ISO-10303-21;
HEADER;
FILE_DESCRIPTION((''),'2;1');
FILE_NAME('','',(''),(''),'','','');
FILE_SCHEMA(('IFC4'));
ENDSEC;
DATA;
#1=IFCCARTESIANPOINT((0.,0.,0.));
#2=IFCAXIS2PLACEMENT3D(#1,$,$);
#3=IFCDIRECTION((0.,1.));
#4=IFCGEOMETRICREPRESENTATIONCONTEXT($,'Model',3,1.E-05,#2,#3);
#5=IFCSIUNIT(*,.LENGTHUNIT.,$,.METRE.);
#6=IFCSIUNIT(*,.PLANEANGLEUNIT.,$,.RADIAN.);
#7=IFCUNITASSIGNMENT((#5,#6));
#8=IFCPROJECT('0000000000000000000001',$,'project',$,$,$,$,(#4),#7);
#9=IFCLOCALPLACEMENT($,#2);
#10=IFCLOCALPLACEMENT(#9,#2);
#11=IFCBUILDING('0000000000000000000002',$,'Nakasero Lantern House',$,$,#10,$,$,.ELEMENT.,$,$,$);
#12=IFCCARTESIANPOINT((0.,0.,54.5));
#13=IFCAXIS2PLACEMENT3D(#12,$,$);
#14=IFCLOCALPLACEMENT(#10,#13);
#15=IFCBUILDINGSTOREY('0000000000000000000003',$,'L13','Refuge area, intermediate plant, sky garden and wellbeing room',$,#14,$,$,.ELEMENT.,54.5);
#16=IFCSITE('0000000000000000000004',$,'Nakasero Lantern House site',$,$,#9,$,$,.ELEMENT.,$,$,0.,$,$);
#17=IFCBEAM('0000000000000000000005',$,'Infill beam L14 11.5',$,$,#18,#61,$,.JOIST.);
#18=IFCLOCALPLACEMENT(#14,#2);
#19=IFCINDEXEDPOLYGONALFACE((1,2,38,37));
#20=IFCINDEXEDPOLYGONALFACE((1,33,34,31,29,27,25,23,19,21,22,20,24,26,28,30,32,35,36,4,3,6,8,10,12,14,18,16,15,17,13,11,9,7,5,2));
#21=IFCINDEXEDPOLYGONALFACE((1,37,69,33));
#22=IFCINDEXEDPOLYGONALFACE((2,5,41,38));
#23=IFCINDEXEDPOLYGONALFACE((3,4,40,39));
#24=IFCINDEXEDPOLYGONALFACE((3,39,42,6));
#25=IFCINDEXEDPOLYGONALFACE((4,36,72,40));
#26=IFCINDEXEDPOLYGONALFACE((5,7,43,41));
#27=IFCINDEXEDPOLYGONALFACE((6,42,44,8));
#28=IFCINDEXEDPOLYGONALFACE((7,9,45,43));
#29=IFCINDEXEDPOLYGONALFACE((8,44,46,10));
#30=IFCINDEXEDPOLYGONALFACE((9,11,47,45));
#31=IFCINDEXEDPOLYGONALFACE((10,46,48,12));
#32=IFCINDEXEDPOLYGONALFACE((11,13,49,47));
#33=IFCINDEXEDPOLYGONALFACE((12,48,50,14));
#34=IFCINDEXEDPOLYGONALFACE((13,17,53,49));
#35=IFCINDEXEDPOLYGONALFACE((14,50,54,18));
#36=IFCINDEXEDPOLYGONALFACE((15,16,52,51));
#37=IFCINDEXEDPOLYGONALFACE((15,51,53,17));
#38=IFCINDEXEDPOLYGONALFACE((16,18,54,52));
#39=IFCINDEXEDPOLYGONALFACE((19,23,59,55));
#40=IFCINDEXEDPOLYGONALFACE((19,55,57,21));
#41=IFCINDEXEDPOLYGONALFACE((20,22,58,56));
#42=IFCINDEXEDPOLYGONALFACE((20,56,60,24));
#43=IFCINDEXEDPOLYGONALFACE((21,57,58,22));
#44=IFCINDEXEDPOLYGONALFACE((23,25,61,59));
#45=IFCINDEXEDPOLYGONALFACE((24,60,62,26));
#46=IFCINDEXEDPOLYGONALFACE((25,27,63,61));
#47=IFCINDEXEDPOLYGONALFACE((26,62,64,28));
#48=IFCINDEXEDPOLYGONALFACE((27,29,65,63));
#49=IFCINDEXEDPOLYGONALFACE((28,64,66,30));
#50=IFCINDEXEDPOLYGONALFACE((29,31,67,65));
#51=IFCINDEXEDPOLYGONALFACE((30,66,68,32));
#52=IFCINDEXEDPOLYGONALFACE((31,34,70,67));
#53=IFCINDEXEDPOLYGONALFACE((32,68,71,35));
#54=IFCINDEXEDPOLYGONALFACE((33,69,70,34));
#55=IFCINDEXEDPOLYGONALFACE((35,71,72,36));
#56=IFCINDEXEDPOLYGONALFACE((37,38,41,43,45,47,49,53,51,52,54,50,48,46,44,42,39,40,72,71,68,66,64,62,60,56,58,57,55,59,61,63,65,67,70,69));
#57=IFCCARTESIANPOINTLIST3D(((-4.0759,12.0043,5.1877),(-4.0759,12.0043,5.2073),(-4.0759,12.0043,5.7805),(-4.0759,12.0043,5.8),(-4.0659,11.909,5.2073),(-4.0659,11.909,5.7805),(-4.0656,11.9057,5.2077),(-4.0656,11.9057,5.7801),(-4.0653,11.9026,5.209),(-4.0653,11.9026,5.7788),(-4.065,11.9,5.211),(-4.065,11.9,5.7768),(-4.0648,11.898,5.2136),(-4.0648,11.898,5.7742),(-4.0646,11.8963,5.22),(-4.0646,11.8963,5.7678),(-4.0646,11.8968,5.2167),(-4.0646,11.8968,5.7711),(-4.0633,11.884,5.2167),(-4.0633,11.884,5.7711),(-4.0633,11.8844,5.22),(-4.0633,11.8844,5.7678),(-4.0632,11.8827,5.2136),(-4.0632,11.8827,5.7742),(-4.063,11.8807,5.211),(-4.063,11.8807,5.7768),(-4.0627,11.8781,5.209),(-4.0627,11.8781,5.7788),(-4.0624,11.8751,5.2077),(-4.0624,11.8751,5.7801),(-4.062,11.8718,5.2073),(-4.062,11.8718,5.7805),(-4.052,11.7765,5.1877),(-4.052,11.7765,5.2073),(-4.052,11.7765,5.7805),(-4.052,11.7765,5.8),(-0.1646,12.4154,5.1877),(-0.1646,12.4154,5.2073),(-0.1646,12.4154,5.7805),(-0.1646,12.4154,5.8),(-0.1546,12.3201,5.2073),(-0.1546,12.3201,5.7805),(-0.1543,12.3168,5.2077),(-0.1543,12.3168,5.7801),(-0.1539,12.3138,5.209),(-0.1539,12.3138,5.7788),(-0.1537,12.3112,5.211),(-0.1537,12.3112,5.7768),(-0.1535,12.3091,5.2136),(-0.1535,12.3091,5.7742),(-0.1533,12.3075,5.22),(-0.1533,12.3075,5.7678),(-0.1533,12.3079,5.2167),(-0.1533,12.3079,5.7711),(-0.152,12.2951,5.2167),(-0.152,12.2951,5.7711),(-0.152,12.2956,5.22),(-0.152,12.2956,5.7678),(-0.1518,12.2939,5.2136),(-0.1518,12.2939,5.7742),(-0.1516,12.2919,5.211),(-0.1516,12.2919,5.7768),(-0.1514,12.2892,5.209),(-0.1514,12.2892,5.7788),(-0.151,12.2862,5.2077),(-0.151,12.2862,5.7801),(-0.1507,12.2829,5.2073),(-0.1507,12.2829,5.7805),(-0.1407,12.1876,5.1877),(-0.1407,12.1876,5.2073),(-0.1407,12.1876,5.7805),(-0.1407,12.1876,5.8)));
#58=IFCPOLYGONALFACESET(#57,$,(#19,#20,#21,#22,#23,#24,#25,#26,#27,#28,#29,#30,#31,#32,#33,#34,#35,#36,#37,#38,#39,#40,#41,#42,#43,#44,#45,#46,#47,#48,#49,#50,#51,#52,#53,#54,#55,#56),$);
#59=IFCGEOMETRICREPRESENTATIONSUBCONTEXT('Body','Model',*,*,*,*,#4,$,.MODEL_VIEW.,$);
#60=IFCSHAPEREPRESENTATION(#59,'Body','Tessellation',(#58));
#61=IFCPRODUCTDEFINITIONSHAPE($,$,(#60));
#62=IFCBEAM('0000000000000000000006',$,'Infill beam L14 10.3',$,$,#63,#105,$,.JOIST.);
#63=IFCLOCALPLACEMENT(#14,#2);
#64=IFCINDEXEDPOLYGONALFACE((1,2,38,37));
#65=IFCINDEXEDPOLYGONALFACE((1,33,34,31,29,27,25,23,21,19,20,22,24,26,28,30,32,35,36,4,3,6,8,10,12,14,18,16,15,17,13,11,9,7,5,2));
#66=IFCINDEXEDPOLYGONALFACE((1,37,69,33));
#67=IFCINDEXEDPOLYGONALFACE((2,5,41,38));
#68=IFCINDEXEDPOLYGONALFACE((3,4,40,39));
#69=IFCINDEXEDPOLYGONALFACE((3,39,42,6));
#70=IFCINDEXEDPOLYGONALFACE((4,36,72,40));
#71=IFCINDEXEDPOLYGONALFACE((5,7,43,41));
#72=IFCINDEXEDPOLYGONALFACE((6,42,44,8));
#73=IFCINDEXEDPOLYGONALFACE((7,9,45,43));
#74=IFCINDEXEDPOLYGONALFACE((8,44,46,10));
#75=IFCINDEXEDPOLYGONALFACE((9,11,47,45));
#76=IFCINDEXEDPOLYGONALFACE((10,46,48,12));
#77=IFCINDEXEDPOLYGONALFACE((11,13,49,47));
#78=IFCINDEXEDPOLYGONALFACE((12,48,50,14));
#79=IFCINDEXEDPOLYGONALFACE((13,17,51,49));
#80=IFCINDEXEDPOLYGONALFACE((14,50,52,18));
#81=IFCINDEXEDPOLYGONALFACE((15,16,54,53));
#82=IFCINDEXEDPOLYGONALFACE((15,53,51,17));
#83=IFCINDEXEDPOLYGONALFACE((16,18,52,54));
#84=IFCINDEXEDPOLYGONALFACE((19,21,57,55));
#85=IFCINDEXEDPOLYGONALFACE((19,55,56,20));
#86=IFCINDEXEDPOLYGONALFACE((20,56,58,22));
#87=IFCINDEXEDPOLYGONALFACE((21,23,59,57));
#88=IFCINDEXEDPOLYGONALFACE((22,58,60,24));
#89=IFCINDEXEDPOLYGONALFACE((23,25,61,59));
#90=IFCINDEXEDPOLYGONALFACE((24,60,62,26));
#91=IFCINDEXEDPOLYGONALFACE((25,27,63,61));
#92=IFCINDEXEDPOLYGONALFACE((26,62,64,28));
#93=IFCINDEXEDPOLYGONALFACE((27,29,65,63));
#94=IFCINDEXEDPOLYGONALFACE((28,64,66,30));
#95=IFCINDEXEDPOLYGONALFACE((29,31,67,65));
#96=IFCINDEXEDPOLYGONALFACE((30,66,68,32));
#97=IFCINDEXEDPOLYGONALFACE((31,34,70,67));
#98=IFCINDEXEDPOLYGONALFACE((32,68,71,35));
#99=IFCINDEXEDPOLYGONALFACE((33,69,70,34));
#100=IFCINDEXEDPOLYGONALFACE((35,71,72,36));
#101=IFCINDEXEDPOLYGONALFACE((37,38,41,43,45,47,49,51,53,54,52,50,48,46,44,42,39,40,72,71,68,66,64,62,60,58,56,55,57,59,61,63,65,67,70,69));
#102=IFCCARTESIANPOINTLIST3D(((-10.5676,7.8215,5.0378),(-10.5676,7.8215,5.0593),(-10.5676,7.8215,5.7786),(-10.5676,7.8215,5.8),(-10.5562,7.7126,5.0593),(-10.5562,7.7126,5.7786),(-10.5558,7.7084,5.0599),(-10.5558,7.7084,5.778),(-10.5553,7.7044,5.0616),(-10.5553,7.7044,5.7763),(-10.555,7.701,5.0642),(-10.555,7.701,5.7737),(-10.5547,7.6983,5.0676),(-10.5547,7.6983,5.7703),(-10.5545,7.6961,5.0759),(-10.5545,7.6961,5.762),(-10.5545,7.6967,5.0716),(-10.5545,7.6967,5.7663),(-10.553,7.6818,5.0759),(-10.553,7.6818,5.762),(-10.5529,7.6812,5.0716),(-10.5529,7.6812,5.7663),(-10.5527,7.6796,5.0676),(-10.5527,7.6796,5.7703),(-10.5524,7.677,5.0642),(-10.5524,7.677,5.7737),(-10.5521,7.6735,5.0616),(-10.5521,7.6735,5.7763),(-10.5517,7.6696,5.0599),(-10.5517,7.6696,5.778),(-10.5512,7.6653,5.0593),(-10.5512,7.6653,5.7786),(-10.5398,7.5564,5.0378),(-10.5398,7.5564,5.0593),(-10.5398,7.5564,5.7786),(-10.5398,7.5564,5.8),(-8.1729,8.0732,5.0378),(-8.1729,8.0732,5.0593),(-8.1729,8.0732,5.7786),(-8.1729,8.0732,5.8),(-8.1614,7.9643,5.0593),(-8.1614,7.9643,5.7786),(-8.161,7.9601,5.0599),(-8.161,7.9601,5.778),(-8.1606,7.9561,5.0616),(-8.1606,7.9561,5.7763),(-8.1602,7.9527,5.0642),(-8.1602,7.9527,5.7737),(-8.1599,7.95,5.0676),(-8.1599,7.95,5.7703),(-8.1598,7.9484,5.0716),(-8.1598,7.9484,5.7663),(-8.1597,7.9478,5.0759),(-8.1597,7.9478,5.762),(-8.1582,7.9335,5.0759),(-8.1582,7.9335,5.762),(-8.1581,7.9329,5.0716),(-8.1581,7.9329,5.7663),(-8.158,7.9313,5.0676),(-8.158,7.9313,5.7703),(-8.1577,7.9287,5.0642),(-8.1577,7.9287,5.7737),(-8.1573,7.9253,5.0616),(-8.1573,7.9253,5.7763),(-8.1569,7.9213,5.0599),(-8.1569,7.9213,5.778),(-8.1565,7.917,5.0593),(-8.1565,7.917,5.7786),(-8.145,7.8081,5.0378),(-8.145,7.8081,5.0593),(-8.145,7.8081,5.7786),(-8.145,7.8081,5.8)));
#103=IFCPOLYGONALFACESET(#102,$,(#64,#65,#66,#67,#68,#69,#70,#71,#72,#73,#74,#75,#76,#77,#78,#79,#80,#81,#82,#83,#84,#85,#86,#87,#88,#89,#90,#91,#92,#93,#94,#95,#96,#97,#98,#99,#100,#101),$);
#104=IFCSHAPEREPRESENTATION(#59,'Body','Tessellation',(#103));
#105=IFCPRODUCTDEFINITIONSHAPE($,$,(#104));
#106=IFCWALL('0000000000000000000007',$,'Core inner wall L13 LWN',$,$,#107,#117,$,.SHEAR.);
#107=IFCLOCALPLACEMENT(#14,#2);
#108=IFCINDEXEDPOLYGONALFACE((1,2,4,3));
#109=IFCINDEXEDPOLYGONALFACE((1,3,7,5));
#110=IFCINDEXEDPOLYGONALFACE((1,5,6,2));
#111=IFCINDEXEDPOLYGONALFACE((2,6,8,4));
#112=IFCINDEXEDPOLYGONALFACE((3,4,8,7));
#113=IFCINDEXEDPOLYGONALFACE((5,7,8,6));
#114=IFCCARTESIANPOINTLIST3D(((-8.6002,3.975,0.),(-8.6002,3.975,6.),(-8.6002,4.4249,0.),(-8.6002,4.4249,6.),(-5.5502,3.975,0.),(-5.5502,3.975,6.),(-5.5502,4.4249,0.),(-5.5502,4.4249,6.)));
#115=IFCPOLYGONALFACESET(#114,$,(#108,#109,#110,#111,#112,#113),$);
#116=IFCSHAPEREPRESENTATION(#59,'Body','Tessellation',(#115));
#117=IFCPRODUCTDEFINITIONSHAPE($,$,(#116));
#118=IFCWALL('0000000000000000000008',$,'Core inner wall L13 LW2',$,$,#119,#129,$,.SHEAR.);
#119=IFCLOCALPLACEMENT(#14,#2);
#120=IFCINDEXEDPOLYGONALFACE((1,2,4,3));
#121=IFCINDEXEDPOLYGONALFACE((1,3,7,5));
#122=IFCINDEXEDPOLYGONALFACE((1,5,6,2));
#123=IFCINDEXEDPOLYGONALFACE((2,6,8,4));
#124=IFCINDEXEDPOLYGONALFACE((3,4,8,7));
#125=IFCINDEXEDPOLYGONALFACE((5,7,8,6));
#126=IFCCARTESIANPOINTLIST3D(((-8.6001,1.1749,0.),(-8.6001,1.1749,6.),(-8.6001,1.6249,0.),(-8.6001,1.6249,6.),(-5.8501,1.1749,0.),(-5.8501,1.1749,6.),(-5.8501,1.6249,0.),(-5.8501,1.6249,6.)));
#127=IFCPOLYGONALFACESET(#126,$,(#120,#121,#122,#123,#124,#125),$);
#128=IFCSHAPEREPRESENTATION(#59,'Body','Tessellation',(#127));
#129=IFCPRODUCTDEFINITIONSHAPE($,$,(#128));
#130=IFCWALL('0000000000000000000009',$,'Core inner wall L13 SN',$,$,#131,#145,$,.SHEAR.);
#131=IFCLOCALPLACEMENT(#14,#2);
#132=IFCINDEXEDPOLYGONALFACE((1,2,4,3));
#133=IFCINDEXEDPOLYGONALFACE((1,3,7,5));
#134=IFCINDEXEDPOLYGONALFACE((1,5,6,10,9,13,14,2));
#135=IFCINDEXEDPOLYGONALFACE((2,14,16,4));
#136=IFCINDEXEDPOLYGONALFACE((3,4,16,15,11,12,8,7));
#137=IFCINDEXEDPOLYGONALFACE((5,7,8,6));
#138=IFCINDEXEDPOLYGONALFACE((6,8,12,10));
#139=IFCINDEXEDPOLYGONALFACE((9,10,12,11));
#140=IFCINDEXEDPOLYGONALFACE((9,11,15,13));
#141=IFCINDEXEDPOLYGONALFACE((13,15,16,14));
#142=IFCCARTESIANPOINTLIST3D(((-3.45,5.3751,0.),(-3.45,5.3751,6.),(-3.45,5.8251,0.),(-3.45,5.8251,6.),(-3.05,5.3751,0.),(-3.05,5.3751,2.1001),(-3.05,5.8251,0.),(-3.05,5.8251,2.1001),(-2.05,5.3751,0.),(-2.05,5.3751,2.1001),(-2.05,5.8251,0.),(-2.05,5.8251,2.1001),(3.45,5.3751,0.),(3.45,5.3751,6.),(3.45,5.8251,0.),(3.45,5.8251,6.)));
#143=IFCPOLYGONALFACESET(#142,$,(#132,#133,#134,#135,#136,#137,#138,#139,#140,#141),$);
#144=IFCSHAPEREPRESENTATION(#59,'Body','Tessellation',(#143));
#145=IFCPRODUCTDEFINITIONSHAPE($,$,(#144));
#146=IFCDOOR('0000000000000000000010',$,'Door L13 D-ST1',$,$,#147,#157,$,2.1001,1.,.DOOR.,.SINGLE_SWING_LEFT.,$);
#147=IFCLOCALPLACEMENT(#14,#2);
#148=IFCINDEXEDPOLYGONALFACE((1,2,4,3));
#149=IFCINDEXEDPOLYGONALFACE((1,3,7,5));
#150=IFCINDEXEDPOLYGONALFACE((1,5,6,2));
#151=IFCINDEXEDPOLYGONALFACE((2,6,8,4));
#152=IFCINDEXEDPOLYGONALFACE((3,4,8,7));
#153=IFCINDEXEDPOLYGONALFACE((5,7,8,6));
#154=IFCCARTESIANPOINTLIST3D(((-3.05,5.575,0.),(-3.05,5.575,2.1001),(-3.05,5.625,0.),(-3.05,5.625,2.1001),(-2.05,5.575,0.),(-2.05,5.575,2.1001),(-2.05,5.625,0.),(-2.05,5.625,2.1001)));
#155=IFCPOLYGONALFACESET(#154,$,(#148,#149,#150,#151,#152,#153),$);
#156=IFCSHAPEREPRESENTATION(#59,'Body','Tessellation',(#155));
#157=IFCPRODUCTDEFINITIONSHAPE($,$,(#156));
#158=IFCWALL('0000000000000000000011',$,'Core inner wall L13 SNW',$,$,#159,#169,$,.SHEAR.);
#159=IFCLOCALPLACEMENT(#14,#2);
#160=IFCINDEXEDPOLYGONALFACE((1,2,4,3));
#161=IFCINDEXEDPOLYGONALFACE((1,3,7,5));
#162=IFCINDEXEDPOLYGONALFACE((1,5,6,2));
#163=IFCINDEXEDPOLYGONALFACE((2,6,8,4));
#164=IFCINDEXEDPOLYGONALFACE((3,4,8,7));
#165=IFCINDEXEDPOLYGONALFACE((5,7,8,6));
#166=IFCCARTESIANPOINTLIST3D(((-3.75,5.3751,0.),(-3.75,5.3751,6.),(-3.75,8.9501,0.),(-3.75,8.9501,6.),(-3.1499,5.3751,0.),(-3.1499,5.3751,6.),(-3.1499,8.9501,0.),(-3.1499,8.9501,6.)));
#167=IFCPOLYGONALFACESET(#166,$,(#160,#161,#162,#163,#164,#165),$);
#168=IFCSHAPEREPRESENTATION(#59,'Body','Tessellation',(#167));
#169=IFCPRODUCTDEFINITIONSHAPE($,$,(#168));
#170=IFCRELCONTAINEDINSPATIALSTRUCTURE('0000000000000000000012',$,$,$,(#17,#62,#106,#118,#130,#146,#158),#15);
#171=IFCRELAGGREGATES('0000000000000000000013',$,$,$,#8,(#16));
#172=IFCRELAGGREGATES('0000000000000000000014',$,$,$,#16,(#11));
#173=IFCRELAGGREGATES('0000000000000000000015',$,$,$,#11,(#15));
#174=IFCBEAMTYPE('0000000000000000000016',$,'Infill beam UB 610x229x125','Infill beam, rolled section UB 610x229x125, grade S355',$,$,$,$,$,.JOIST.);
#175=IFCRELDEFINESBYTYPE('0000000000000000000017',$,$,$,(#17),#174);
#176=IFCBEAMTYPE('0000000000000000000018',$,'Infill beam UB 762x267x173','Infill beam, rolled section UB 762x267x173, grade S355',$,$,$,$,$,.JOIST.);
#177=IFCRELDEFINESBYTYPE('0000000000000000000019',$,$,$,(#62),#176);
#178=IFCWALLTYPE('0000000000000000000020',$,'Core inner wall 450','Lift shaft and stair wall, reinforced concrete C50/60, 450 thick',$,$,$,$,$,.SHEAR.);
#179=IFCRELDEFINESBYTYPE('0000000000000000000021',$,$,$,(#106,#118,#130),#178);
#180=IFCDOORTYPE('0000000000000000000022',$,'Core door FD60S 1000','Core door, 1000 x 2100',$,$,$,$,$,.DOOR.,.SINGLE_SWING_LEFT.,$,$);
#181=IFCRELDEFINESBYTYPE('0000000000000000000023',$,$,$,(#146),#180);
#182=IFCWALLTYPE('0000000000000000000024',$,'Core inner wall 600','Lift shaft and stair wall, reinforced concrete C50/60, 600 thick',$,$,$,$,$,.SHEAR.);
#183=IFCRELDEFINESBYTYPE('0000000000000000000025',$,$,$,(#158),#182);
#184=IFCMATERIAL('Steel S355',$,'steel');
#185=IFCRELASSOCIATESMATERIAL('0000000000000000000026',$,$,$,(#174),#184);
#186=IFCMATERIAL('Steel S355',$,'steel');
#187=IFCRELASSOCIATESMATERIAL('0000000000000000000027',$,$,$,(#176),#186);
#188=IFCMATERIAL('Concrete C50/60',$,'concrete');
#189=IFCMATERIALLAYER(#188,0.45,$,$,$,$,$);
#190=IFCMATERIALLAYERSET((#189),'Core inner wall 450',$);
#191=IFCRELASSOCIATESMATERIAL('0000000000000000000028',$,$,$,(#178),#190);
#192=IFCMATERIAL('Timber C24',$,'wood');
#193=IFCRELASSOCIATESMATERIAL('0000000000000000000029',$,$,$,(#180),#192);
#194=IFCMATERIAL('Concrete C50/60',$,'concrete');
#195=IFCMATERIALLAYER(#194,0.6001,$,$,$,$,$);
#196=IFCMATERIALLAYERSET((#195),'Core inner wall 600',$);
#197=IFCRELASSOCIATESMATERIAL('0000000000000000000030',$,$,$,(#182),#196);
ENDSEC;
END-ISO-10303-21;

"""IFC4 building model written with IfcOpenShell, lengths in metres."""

from ifc_helpers import new_model, si_unit, direction, frame, frame_2d, origin, origin_2d, place, context, subcontext, project, spatial, rectangle, i_section, extrude, material, layer, layer_set, material_profile, profile_set, type_object, element, fill, save


model = new_model("IFC4")

# Units and contexts
model_context = context("Model", 3, precision=1e-05, world=origin(), true_north=direction((0.0, 1.0)))
body_context = subcontext(model_context, "Body", "Model", "MODEL_VIEW")
ifc_project = project(units=[si_unit("LENGTHUNIT", "METRE"), si_unit("PLANEANGLEUNIT", "RADIAN")], contexts=[model_context])

# Site, building, storey
site_placement = place(None, origin())
site = spatial("IfcSite", under=ifc_project, at=site_placement, Name="Nakasero Lantern House site", CompositionType="ELEMENT", RefElevation=0.0)
building_placement = place(site_placement, origin())
building = spatial("IfcBuilding", under=site, at=building_placement, Name="Nakasero Lantern House", CompositionType="ELEMENT")
storey_placement = place(building_placement, frame((0.0, 0.0, 54.5)))
storey = spatial("IfcBuildingStorey", under=building, at=storey_placement, Name="L13", Description="Refuge area, intermediate plant, sky garden and wellbeing room", CompositionType="ELEMENT", Elevation=54.5)

# Beams
ifc_material_1 = material(Name="Steel S355", Category="steel")
ifc_material_profile_1 = material_profile(ifc_material_1, i_section(OverallWidth=0.229, OverallDepth=0.6123, WebThickness=0.012, FlangeThickness=0.0195, FilletRadius=0.0127, at=origin_2d()), Name="UB 610x229x125")
ifc_profile_set_1 = profile_set([ifc_material_profile_1], Name="Steel S355")
beam_type_1 = type_object("IfcBeamType", Name="Infill beam UB 610x229x125", Description="Infill beam, rolled section UB 610x229x125, grade S355", PredefinedType="JOIST", material=ifc_profile_set_1)
beam_1_placement = place(storey_placement, frame((-4.064, 11.8904, 5.4939), z_axis=(0.994521, 0.104536, 0.0), x_axis=(-0.104536, 0.994521, 0.0)))
element("IfcBeam", 1, at=beam_1_placement, inside=storey, type_object=beam_type_1, Name="Infill beam L14 11.5", PredefinedType="JOIST", context=body_context, shape_type="SweptSolid", body=[
    extrude(i_section(OverallWidth=0.229, OverallDepth=0.6123, WebThickness=0.012, FlangeThickness=0.0195, FilletRadius=0.0127, at=origin_2d()), origin(), (0.0, 0.0, 1.0), 3.9329),
])
ifc_material_2 = material(Name="Steel S355", Category="steel")
ifc_material_profile_2 = material_profile(ifc_material_2, i_section(OverallWidth=0.2666, OverallDepth=0.7622, WebThickness=0.0144, FlangeThickness=0.0215, FilletRadius=0.0166, at=origin_2d()), Name="UB 762x267x173")
ifc_profile_set_2 = profile_set([ifc_material_profile_2], Name="Steel S355")
beam_type_2 = type_object("IfcBeamType", Name="Infill beam UB 762x267x173", Description="Infill beam, rolled section UB 762x267x173, grade S355", PredefinedType="JOIST", material=ifc_profile_set_2)
beam_2_placement = place(storey_placement, frame((-10.5537, 7.689, 5.4189), z_axis=(0.994522, 0.104532, 0.0), x_axis=(-0.104532, 0.994522, 0.0)))
element("IfcBeam", 2, at=beam_2_placement, inside=storey, type_object=beam_type_2, Name="Infill beam L14 10.3", PredefinedType="JOIST", context=body_context, shape_type="SweptSolid", body=[
    extrude(i_section(OverallWidth=0.2666, OverallDepth=0.7622, WebThickness=0.0144, FlangeThickness=0.0215, FilletRadius=0.0166, at=origin_2d()), origin(), (0.0, 0.0, 1.0), 2.408),
])

# Walls
ifc_material_3 = material(Name="Concrete C50/60", Category="concrete")
ifc_layer_1 = layer(ifc_material_3, 0.45)
ifc_layer_set_1 = layer_set([ifc_layer_1], Name="Core inner wall 450")
wall_type_1 = type_object("IfcWallType", Name="Core inner wall 450", Description="Lift shaft and stair wall, reinforced concrete C50/60, 450 thick", PredefinedType="SHEAR", material=ifc_layer_set_1)
wall_1_placement = place(storey_placement, frame((-8.6001, 4.2, 0.0), z_axis=(0.0, 0.0, 1.0), x_axis=(1.0, 0.0, 0.0)))
element("IfcWall", 3, at=wall_1_placement, inside=storey, type_object=wall_type_1, Name="Core inner wall L13 LWN", PredefinedType="SHEAR", context=body_context, shape_type="SweptSolid", body=[
    extrude(rectangle(XDim=3.05, YDim=0.45, at=frame_2d((1.5249, 0.0))), origin(), (0.0, 0.0, 1.0), 6.0),
])
wall_2_placement = place(storey_placement, frame((-8.6001, 1.3999, 0.0), z_axis=(0.0, 0.0, 1.0), x_axis=(1.0, 0.0, 0.0)))
element("IfcWall", 4, at=wall_2_placement, inside=storey, type_object=wall_type_1, Name="Core inner wall L13 LW2", PredefinedType="SHEAR", context=body_context, shape_type="SweptSolid", body=[
    extrude(rectangle(XDim=2.75, YDim=0.45, at=frame_2d((1.375, 0.0))), origin(), (0.0, 0.0, 1.0), 6.0),
])

# Wall, opening, door
wall_3_placement = place(storey_placement, frame((-3.45, 5.6001, 0.0), z_axis=(0.0, 0.0, 1.0), x_axis=(1.0, 0.0, 0.0)))
wall_3 = element("IfcWall", 5, at=wall_3_placement, inside=storey, type_object=wall_type_1, Name="Core inner wall L13 SN", PredefinedType="SHEAR", context=body_context, shape_type="SweptSolid", body=[
    extrude(rectangle(XDim=6.8999, YDim=0.45, at=frame_2d((3.45, 0.0))), origin(), (0.0, 0.0, 1.0), 6.0),
])
opening_1_placement = place(wall_3_placement, frame((0.3999, 0.0, 0.0)))
opening_1 = element("IfcOpeningElement", 6, at=opening_1_placement, cuts=wall_3, PredefinedType="OPENING", context=body_context, shape_type="SweptSolid", body=[
    extrude(rectangle(XDim=1.0, YDim=2.1001, at=frame_2d((0.5, 1.05))), frame((0.0, 0.2449, 0.0), z_axis=(0.0, -1.0, 0.0), x_axis=(1.0, 0.0, 0.0)), (0.0, 0.0, 1.0), 0.49),
])
ifc_material_4 = material(Name="Timber C24", Category="wood")
door_type_1 = type_object("IfcDoorType", Name="Core door FD60S 1000", Description="Core door, 1000 x 2100", OperationType="SINGLE_SWING_LEFT", PredefinedType="DOOR", material=ifc_material_4)
door_1_placement = place(opening_1_placement, origin())
door_1 = element("IfcDoor", 7, at=door_1_placement, inside=storey, type_object=door_type_1, Name="Door L13 D-ST1", OperationType="SINGLE_SWING_LEFT", OverallHeight=2.1001, OverallWidth=1.0, PredefinedType="DOOR", context=body_context, shape_type="SweptSolid", body=[
    extrude(rectangle(XDim=1.0, YDim=2.1001, at=frame_2d((0.5, 1.05))), frame((0.0, 0.0249, 0.0), z_axis=(0.0, -1.0, 0.0), x_axis=(1.0, 0.0, 0.0)), (0.0, 0.0, 1.0), 0.05),
])
fill(opening_1, door_1)

# Wall
ifc_material_5 = material(Name="Concrete C50/60", Category="concrete")
ifc_layer_2 = layer(ifc_material_5, 0.6001)
ifc_layer_set_2 = layer_set([ifc_layer_2], Name="Core inner wall 600")
wall_type_2 = type_object("IfcWallType", Name="Core inner wall 600", Description="Lift shaft and stair wall, reinforced concrete C50/60, 600 thick", PredefinedType="SHEAR", material=ifc_layer_set_2)
wall_4_placement = place(storey_placement, frame((-3.45, 5.375, 0.0), z_axis=(0.0, 0.0, 1.0), x_axis=(0.0, 1.0, 0.0)))
element("IfcWall", 8, at=wall_4_placement, inside=storey, type_object=wall_type_2, Name="Core inner wall L13 SNW", PredefinedType="SHEAR", context=body_context, shape_type="SweptSolid", body=[
    extrude(rectangle(XDim=3.575, YDim=0.6001, at=frame_2d((1.7876, 0.0))), origin(), (0.0, 0.0, 1.0), 6.0),
])

save(model, "model.ifc")
